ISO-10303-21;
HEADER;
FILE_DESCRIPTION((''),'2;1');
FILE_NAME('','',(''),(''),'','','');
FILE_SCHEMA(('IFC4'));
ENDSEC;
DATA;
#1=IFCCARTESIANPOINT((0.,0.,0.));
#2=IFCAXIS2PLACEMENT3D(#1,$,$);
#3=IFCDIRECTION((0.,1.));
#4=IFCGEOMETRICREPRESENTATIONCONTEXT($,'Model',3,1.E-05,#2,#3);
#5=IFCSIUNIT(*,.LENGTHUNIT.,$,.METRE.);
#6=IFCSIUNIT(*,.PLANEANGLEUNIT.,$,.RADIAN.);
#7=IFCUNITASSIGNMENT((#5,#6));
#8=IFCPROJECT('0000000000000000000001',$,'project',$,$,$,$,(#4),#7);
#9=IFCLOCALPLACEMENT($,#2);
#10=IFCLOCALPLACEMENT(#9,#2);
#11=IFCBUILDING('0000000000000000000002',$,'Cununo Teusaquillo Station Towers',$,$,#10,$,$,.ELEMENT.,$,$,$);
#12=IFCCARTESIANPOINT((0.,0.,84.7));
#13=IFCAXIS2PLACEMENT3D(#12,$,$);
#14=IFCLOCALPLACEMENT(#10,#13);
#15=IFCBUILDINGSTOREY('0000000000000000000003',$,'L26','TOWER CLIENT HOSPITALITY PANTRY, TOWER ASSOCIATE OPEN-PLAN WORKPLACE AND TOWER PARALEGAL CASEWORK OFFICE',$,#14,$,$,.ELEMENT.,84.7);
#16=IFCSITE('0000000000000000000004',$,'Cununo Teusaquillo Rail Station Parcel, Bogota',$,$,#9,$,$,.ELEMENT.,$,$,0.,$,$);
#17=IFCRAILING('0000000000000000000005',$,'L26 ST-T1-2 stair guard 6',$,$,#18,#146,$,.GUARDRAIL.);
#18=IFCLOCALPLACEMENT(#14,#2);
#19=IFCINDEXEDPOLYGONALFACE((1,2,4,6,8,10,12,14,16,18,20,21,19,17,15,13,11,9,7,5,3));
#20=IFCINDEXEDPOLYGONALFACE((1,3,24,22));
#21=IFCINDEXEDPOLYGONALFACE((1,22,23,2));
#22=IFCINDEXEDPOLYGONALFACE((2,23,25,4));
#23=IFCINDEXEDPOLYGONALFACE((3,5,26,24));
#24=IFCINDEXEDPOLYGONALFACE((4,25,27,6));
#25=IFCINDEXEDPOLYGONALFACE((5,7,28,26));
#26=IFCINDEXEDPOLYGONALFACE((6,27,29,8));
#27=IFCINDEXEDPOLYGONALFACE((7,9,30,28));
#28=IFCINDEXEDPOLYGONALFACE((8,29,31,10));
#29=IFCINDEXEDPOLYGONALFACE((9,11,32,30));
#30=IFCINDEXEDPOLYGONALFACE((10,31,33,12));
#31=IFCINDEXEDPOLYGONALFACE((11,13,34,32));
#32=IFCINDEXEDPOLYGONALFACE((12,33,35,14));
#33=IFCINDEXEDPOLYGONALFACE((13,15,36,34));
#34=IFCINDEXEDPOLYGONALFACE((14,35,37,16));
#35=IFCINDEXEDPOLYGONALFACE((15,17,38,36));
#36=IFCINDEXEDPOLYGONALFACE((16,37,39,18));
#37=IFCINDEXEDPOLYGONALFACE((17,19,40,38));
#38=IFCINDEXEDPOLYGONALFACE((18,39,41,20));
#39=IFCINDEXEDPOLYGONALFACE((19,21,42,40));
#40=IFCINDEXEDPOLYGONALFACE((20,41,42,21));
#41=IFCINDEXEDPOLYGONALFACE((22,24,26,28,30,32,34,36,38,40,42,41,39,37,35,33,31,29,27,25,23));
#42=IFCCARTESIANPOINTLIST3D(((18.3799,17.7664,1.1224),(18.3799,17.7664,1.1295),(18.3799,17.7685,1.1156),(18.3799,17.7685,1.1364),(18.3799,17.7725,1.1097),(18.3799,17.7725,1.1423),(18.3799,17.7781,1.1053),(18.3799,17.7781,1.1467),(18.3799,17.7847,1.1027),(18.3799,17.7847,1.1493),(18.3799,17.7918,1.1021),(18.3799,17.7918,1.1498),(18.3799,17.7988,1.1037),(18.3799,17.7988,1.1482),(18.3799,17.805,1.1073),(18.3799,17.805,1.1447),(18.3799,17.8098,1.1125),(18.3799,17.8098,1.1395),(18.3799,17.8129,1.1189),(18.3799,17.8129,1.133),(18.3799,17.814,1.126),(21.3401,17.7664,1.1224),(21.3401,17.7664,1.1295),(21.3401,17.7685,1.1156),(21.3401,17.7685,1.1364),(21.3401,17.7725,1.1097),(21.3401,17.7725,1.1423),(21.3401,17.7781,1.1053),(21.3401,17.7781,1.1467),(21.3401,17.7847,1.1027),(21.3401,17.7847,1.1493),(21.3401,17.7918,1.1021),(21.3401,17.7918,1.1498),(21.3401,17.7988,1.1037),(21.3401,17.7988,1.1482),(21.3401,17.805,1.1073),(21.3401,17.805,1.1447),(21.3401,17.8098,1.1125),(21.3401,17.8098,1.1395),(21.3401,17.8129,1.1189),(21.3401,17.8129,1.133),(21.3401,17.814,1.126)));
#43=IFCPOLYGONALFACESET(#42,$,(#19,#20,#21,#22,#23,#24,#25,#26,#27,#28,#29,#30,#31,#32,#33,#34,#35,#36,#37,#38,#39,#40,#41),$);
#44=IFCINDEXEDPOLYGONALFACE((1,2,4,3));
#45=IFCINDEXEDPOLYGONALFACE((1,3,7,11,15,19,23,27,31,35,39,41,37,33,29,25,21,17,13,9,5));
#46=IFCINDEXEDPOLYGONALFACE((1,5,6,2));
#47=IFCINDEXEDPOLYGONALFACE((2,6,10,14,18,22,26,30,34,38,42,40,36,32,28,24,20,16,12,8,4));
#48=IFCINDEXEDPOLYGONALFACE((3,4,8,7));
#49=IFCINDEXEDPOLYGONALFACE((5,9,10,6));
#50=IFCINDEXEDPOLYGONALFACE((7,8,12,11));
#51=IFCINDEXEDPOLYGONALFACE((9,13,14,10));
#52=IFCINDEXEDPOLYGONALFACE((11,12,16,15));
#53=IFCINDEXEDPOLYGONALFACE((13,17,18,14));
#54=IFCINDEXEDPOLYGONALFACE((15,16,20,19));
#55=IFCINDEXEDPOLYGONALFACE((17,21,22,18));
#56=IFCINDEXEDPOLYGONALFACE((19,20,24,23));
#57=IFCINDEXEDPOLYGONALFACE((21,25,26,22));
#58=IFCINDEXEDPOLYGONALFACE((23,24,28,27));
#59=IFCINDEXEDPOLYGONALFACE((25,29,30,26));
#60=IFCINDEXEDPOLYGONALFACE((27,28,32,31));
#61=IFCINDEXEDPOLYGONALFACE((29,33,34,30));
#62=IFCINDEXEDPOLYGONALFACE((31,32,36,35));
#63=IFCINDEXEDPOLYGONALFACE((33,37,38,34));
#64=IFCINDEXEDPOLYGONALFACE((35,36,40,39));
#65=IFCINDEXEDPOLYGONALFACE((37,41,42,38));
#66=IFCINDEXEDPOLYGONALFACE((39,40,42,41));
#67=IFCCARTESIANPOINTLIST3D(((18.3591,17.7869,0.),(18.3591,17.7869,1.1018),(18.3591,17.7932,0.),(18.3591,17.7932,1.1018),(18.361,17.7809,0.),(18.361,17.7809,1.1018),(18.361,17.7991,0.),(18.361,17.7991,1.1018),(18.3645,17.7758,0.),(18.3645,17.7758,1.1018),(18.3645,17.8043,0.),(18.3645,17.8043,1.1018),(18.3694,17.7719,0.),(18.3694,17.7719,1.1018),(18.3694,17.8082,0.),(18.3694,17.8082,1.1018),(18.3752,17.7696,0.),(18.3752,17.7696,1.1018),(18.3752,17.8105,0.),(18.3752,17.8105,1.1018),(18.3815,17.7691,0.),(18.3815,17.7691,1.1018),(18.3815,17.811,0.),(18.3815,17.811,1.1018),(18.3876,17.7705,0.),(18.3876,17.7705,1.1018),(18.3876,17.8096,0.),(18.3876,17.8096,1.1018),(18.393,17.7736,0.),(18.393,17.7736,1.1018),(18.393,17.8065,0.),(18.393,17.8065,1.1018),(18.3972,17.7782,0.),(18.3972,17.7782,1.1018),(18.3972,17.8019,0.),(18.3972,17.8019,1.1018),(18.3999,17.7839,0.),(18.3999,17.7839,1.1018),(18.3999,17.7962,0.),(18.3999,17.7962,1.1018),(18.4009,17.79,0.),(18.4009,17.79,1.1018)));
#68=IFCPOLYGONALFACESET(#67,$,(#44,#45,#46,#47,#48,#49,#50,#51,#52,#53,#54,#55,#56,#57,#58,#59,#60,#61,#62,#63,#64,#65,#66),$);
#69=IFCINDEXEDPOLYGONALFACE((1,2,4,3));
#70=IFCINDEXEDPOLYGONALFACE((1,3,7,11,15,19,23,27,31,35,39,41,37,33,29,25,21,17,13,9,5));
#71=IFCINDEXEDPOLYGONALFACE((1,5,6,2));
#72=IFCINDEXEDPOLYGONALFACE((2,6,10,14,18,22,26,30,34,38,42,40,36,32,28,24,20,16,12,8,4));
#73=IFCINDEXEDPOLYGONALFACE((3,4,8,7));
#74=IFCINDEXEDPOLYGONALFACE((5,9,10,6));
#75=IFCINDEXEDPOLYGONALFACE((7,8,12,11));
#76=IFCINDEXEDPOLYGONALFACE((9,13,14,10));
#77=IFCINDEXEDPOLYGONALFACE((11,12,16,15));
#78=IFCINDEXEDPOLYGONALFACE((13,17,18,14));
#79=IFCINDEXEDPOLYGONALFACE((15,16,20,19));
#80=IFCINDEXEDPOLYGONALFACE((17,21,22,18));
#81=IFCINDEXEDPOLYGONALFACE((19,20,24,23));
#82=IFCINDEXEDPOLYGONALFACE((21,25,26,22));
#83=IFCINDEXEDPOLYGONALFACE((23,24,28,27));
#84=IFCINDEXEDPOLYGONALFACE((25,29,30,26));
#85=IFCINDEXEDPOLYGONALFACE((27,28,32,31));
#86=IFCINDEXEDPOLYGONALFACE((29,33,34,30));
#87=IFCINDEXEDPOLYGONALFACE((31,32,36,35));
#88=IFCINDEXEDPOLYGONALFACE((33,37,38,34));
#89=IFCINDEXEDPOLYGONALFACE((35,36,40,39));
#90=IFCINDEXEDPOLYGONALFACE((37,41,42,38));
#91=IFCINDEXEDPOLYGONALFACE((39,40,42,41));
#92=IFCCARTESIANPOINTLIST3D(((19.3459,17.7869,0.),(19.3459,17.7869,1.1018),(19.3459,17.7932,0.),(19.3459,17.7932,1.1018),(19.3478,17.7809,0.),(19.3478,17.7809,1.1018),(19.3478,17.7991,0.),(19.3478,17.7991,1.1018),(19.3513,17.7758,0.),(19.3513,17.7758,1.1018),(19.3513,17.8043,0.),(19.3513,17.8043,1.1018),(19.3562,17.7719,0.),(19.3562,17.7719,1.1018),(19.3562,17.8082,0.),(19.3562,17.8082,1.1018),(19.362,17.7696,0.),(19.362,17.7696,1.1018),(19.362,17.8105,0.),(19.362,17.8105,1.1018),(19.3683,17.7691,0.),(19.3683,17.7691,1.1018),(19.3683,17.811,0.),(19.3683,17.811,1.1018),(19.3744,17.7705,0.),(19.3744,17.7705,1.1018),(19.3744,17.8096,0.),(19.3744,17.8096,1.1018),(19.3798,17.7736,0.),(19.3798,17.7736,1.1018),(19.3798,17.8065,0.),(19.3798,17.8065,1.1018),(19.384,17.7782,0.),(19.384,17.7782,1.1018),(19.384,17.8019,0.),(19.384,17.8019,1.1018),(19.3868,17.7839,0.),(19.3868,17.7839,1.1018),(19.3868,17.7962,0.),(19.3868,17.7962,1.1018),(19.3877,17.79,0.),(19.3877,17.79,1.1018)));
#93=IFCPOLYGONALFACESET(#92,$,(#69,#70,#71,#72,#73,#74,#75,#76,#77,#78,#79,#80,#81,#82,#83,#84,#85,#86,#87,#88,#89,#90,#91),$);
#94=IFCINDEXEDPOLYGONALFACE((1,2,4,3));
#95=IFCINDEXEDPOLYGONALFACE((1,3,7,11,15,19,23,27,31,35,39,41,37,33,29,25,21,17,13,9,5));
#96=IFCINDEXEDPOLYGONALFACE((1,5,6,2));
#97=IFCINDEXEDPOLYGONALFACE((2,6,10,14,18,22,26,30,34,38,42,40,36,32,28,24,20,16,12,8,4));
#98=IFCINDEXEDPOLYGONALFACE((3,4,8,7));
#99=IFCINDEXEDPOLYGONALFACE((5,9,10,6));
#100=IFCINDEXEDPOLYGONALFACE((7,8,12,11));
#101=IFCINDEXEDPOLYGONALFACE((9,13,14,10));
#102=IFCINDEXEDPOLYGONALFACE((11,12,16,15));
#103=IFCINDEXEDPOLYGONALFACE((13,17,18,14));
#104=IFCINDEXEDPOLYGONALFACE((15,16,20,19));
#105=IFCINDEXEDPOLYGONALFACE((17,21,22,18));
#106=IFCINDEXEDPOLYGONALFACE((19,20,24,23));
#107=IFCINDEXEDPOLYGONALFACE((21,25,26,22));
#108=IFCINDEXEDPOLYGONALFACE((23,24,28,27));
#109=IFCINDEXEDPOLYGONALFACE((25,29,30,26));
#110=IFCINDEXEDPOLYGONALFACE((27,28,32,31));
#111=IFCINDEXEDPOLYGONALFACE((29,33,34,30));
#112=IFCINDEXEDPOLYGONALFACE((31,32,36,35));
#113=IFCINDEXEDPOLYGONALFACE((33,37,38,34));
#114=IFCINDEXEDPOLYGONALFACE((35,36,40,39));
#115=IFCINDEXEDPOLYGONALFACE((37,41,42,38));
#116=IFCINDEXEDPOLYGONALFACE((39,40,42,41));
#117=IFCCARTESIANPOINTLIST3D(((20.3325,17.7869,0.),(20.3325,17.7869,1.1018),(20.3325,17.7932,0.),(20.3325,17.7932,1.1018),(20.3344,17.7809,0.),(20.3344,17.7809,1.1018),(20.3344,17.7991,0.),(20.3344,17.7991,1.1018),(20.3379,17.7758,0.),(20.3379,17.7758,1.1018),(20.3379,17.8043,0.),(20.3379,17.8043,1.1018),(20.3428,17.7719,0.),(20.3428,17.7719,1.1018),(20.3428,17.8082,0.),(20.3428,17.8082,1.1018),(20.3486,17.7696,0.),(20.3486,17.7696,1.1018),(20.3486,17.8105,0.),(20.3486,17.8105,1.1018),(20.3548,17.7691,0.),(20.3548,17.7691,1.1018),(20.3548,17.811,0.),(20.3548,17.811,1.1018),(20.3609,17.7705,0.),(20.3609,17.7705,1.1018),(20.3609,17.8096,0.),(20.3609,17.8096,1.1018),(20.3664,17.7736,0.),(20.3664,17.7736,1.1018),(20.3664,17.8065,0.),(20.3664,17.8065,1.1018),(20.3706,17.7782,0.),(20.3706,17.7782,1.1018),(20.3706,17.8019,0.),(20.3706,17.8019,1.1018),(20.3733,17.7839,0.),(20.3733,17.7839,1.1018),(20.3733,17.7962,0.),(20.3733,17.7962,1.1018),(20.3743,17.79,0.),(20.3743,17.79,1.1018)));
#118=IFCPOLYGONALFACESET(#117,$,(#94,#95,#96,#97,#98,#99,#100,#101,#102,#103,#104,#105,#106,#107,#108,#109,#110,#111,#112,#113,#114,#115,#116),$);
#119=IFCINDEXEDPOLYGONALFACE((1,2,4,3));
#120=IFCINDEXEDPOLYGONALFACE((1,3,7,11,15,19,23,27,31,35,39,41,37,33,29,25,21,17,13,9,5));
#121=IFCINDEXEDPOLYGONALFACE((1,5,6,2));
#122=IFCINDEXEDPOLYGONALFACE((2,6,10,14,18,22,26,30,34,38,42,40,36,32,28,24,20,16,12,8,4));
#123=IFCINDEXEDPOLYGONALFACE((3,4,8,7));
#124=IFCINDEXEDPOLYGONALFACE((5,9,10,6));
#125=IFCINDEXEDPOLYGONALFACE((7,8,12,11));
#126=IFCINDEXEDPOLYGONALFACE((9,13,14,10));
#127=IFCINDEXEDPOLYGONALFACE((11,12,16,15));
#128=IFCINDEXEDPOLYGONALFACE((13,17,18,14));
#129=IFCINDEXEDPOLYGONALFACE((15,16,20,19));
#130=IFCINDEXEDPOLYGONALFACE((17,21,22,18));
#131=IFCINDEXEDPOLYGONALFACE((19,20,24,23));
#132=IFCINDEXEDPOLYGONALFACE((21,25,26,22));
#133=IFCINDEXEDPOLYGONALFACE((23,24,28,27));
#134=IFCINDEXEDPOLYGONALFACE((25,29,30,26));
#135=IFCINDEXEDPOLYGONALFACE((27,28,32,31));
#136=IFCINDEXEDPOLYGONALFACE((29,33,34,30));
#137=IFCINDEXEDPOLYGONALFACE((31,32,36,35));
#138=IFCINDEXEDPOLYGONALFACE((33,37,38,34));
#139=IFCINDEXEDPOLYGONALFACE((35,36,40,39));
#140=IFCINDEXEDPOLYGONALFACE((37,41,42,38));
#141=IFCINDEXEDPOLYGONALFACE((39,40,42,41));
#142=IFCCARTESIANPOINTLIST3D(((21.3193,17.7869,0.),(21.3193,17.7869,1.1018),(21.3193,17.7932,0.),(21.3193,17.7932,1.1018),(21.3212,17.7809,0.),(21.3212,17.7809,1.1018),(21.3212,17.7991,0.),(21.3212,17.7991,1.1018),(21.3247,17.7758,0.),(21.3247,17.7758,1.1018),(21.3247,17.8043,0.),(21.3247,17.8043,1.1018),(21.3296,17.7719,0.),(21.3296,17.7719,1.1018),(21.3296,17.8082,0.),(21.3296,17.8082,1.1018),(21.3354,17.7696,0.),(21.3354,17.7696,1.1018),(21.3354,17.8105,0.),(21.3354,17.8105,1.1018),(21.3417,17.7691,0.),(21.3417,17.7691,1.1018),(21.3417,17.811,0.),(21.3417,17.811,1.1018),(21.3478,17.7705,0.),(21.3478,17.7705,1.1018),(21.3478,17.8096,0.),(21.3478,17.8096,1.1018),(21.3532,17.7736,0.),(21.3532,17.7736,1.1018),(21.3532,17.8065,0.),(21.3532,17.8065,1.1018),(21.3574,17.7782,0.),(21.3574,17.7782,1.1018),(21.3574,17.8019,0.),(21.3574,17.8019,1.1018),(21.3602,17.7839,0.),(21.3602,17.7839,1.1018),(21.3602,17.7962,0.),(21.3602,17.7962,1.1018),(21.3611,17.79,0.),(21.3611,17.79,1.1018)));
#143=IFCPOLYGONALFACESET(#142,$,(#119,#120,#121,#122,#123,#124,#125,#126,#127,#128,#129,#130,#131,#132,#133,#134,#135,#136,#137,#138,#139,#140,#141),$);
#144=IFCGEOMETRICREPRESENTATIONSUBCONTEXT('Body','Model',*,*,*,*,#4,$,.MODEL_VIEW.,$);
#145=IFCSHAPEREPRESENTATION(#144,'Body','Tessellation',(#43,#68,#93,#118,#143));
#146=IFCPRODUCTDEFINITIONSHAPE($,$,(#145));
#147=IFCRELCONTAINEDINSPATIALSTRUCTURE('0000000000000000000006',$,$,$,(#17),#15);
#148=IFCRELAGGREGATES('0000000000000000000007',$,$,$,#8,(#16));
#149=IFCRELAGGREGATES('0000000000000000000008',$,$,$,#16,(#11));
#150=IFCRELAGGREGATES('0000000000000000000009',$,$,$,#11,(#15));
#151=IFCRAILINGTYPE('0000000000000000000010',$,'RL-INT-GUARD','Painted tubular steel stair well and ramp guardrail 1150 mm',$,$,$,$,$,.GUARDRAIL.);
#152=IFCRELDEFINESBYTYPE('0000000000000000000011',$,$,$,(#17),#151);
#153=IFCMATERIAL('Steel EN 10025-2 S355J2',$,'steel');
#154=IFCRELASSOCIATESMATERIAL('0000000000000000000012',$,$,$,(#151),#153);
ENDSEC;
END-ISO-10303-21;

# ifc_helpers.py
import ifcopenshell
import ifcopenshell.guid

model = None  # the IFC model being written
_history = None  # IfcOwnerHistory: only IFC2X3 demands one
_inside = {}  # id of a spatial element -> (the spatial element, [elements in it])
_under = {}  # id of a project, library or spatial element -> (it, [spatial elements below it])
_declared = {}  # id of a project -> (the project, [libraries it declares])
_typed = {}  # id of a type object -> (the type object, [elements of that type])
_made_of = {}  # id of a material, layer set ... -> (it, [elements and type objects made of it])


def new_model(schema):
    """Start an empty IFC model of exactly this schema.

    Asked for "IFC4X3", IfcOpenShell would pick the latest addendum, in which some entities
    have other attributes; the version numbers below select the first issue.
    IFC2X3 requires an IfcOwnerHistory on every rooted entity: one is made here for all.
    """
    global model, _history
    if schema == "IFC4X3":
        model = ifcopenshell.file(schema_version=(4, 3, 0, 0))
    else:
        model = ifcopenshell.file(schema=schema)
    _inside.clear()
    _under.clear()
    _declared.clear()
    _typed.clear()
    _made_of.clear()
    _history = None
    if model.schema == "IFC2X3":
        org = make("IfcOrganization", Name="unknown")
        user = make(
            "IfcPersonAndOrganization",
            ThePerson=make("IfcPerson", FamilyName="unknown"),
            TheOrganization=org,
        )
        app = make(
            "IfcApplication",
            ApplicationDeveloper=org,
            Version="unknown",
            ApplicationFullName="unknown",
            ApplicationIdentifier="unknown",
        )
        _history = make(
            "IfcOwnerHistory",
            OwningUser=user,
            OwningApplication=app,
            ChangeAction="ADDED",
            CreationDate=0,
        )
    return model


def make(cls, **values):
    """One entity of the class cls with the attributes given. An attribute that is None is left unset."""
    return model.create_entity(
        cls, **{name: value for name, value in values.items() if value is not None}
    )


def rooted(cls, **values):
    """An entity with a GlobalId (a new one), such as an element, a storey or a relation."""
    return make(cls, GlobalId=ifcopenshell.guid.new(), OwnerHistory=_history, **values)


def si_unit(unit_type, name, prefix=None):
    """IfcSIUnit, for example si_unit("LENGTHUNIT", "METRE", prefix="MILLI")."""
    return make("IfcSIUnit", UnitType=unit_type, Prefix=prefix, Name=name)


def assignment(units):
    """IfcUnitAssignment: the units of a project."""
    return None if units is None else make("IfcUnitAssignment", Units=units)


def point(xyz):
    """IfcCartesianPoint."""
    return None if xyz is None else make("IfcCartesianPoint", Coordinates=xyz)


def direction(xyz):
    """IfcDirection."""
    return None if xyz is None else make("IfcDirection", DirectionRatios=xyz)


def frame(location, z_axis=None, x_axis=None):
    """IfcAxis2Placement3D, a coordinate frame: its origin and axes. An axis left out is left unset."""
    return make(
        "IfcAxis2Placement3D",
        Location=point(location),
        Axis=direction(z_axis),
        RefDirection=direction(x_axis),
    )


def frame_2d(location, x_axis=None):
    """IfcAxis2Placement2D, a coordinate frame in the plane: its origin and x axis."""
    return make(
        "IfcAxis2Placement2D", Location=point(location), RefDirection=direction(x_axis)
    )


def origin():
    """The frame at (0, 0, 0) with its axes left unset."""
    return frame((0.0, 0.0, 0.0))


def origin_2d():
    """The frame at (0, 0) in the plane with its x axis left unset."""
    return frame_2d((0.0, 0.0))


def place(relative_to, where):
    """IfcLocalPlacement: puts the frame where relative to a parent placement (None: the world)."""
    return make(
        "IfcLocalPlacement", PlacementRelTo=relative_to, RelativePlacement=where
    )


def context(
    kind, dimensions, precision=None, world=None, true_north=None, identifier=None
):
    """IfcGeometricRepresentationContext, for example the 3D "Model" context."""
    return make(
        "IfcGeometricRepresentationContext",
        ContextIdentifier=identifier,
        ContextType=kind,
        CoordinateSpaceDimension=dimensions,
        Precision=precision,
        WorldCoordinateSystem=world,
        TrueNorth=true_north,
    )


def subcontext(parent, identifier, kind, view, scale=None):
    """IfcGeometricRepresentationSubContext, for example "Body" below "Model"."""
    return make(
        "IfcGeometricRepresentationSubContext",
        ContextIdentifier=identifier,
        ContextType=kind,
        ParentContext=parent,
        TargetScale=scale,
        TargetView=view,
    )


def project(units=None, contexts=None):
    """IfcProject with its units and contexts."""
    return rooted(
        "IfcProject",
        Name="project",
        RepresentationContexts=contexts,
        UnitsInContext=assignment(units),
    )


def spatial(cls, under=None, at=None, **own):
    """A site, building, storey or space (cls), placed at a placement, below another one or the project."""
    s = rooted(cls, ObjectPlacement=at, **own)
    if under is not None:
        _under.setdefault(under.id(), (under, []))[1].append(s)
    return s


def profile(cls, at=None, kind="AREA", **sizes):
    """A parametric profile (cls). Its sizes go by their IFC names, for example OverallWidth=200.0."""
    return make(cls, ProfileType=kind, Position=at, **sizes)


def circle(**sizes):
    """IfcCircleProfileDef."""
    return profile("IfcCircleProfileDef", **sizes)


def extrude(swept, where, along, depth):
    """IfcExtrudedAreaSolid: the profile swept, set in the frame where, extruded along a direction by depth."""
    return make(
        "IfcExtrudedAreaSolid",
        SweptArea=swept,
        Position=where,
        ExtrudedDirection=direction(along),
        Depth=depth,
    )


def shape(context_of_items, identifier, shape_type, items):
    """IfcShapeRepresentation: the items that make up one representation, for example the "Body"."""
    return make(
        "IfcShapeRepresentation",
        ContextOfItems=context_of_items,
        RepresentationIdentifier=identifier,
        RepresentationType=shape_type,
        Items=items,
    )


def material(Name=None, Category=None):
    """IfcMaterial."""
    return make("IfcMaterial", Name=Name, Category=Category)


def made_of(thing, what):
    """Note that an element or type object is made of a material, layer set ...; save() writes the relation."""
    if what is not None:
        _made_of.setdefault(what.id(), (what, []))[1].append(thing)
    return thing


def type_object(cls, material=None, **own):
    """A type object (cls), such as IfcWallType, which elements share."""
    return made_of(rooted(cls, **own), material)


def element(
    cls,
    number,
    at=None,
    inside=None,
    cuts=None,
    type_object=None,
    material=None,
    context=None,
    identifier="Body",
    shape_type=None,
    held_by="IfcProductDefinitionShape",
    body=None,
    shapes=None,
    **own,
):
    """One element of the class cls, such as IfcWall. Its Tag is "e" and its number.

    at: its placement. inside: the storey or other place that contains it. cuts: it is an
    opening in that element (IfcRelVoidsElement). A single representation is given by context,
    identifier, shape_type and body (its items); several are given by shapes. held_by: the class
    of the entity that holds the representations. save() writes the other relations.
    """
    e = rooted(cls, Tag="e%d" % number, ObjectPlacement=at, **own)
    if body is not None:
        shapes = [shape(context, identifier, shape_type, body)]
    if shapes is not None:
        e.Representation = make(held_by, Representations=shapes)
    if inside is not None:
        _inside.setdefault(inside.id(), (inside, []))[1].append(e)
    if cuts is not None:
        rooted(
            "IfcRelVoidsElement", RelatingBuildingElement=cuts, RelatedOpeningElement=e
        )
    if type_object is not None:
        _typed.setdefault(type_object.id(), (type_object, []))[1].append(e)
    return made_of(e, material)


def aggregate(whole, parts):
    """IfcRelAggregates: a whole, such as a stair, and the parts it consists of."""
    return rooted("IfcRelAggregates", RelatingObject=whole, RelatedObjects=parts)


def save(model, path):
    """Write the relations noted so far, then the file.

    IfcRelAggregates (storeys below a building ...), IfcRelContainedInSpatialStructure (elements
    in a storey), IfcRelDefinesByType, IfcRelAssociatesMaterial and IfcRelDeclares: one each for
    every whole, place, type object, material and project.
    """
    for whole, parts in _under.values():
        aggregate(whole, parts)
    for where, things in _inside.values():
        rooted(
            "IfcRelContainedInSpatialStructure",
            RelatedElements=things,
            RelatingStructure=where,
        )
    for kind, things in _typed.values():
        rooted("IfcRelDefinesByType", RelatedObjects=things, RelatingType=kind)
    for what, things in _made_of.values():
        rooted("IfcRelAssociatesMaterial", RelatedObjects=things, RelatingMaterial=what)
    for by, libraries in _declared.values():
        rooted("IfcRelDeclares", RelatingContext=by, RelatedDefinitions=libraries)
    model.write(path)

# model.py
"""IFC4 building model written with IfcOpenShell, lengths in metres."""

from ifc_helpers import new_model, si_unit, direction, frame, origin, origin_2d, place, context, subcontext, project, spatial, circle, extrude, material, type_object, element, save


model = new_model("IFC4")

# Units and contexts
model_context = context("Model", 3, precision=1e-05, world=origin(), true_north=direction((0.0, 1.0)))
body_context = subcontext(model_context, "Body", "Model", "MODEL_VIEW")
ifc_project = project(units=[si_unit("LENGTHUNIT", "METRE"), si_unit("PLANEANGLEUNIT", "RADIAN")], contexts=[model_context])

# Site, building, storey
site_placement = place(None, origin())
site = spatial("IfcSite", under=ifc_project, at=site_placement, Name="Cununo Teusaquillo Rail Station Parcel, Bogota", CompositionType="ELEMENT", RefElevation=0.0)
building_placement = place(site_placement, origin())
building = spatial("IfcBuilding", under=site, at=building_placement, Name="Cununo Teusaquillo Station Towers", CompositionType="ELEMENT")
storey_placement = place(building_placement, frame((0.0, 0.0, 84.7)))
storey = spatial("IfcBuildingStorey", under=building, at=storey_placement, Name="L26", Description="TOWER CLIENT HOSPITALITY PANTRY, TOWER ASSOCIATE OPEN-PLAN WORKPLACE AND TOWER PARALEGAL CASEWORK OFFICE", CompositionType="ELEMENT", Elevation=84.7)

# Railing
ifc_material_1 = material(Name="Steel EN 10025-2 S355J2", Category="steel")
railing_type_1 = type_object("IfcRailingType", Name="RL-INT-GUARD", Description="Painted tubular steel stair well and ramp guardrail 1150 mm", PredefinedType="GUARDRAIL", material=ifc_material_1)
railing_1_placement = place(storey_placement, frame((18.3799, 17.79, 0.0)))
element("IfcRailing", 1, at=railing_1_placement, inside=storey, type_object=railing_type_1, Name="L26 ST-T1-2 stair guard 6", PredefinedType="GUARDRAIL", context=body_context, shape_type="SweptSolid", body=[
    extrude(circle(Radius=0.0239, at=origin_2d()), frame((0.0, 0.0, 1.126), z_axis=(1.0, 0.0, 0.0), x_axis=(0.0, 1.0, 0.0)), (0.0, 0.0, 1.0), 2.9602),
    extrude(circle(Radius=0.021, at=origin_2d()), origin(), (0.0, 0.0, 1.0), 1.1018),
    extrude(circle(Radius=0.021, at=origin_2d()), frame((0.9868, 0.0, 0.0)), (0.0, 0.0, 1.0), 1.1018),
    extrude(circle(Radius=0.021, at=origin_2d()), frame((1.9734, 0.0, 0.0)), (0.0, 0.0, 1.0), 1.1018),
    extrude(circle(Radius=0.021, at=origin_2d()), frame((2.9602, 0.0, 0.0)), (0.0, 0.0, 1.0), 1.1018),
])

save(model, "model.ifc")
